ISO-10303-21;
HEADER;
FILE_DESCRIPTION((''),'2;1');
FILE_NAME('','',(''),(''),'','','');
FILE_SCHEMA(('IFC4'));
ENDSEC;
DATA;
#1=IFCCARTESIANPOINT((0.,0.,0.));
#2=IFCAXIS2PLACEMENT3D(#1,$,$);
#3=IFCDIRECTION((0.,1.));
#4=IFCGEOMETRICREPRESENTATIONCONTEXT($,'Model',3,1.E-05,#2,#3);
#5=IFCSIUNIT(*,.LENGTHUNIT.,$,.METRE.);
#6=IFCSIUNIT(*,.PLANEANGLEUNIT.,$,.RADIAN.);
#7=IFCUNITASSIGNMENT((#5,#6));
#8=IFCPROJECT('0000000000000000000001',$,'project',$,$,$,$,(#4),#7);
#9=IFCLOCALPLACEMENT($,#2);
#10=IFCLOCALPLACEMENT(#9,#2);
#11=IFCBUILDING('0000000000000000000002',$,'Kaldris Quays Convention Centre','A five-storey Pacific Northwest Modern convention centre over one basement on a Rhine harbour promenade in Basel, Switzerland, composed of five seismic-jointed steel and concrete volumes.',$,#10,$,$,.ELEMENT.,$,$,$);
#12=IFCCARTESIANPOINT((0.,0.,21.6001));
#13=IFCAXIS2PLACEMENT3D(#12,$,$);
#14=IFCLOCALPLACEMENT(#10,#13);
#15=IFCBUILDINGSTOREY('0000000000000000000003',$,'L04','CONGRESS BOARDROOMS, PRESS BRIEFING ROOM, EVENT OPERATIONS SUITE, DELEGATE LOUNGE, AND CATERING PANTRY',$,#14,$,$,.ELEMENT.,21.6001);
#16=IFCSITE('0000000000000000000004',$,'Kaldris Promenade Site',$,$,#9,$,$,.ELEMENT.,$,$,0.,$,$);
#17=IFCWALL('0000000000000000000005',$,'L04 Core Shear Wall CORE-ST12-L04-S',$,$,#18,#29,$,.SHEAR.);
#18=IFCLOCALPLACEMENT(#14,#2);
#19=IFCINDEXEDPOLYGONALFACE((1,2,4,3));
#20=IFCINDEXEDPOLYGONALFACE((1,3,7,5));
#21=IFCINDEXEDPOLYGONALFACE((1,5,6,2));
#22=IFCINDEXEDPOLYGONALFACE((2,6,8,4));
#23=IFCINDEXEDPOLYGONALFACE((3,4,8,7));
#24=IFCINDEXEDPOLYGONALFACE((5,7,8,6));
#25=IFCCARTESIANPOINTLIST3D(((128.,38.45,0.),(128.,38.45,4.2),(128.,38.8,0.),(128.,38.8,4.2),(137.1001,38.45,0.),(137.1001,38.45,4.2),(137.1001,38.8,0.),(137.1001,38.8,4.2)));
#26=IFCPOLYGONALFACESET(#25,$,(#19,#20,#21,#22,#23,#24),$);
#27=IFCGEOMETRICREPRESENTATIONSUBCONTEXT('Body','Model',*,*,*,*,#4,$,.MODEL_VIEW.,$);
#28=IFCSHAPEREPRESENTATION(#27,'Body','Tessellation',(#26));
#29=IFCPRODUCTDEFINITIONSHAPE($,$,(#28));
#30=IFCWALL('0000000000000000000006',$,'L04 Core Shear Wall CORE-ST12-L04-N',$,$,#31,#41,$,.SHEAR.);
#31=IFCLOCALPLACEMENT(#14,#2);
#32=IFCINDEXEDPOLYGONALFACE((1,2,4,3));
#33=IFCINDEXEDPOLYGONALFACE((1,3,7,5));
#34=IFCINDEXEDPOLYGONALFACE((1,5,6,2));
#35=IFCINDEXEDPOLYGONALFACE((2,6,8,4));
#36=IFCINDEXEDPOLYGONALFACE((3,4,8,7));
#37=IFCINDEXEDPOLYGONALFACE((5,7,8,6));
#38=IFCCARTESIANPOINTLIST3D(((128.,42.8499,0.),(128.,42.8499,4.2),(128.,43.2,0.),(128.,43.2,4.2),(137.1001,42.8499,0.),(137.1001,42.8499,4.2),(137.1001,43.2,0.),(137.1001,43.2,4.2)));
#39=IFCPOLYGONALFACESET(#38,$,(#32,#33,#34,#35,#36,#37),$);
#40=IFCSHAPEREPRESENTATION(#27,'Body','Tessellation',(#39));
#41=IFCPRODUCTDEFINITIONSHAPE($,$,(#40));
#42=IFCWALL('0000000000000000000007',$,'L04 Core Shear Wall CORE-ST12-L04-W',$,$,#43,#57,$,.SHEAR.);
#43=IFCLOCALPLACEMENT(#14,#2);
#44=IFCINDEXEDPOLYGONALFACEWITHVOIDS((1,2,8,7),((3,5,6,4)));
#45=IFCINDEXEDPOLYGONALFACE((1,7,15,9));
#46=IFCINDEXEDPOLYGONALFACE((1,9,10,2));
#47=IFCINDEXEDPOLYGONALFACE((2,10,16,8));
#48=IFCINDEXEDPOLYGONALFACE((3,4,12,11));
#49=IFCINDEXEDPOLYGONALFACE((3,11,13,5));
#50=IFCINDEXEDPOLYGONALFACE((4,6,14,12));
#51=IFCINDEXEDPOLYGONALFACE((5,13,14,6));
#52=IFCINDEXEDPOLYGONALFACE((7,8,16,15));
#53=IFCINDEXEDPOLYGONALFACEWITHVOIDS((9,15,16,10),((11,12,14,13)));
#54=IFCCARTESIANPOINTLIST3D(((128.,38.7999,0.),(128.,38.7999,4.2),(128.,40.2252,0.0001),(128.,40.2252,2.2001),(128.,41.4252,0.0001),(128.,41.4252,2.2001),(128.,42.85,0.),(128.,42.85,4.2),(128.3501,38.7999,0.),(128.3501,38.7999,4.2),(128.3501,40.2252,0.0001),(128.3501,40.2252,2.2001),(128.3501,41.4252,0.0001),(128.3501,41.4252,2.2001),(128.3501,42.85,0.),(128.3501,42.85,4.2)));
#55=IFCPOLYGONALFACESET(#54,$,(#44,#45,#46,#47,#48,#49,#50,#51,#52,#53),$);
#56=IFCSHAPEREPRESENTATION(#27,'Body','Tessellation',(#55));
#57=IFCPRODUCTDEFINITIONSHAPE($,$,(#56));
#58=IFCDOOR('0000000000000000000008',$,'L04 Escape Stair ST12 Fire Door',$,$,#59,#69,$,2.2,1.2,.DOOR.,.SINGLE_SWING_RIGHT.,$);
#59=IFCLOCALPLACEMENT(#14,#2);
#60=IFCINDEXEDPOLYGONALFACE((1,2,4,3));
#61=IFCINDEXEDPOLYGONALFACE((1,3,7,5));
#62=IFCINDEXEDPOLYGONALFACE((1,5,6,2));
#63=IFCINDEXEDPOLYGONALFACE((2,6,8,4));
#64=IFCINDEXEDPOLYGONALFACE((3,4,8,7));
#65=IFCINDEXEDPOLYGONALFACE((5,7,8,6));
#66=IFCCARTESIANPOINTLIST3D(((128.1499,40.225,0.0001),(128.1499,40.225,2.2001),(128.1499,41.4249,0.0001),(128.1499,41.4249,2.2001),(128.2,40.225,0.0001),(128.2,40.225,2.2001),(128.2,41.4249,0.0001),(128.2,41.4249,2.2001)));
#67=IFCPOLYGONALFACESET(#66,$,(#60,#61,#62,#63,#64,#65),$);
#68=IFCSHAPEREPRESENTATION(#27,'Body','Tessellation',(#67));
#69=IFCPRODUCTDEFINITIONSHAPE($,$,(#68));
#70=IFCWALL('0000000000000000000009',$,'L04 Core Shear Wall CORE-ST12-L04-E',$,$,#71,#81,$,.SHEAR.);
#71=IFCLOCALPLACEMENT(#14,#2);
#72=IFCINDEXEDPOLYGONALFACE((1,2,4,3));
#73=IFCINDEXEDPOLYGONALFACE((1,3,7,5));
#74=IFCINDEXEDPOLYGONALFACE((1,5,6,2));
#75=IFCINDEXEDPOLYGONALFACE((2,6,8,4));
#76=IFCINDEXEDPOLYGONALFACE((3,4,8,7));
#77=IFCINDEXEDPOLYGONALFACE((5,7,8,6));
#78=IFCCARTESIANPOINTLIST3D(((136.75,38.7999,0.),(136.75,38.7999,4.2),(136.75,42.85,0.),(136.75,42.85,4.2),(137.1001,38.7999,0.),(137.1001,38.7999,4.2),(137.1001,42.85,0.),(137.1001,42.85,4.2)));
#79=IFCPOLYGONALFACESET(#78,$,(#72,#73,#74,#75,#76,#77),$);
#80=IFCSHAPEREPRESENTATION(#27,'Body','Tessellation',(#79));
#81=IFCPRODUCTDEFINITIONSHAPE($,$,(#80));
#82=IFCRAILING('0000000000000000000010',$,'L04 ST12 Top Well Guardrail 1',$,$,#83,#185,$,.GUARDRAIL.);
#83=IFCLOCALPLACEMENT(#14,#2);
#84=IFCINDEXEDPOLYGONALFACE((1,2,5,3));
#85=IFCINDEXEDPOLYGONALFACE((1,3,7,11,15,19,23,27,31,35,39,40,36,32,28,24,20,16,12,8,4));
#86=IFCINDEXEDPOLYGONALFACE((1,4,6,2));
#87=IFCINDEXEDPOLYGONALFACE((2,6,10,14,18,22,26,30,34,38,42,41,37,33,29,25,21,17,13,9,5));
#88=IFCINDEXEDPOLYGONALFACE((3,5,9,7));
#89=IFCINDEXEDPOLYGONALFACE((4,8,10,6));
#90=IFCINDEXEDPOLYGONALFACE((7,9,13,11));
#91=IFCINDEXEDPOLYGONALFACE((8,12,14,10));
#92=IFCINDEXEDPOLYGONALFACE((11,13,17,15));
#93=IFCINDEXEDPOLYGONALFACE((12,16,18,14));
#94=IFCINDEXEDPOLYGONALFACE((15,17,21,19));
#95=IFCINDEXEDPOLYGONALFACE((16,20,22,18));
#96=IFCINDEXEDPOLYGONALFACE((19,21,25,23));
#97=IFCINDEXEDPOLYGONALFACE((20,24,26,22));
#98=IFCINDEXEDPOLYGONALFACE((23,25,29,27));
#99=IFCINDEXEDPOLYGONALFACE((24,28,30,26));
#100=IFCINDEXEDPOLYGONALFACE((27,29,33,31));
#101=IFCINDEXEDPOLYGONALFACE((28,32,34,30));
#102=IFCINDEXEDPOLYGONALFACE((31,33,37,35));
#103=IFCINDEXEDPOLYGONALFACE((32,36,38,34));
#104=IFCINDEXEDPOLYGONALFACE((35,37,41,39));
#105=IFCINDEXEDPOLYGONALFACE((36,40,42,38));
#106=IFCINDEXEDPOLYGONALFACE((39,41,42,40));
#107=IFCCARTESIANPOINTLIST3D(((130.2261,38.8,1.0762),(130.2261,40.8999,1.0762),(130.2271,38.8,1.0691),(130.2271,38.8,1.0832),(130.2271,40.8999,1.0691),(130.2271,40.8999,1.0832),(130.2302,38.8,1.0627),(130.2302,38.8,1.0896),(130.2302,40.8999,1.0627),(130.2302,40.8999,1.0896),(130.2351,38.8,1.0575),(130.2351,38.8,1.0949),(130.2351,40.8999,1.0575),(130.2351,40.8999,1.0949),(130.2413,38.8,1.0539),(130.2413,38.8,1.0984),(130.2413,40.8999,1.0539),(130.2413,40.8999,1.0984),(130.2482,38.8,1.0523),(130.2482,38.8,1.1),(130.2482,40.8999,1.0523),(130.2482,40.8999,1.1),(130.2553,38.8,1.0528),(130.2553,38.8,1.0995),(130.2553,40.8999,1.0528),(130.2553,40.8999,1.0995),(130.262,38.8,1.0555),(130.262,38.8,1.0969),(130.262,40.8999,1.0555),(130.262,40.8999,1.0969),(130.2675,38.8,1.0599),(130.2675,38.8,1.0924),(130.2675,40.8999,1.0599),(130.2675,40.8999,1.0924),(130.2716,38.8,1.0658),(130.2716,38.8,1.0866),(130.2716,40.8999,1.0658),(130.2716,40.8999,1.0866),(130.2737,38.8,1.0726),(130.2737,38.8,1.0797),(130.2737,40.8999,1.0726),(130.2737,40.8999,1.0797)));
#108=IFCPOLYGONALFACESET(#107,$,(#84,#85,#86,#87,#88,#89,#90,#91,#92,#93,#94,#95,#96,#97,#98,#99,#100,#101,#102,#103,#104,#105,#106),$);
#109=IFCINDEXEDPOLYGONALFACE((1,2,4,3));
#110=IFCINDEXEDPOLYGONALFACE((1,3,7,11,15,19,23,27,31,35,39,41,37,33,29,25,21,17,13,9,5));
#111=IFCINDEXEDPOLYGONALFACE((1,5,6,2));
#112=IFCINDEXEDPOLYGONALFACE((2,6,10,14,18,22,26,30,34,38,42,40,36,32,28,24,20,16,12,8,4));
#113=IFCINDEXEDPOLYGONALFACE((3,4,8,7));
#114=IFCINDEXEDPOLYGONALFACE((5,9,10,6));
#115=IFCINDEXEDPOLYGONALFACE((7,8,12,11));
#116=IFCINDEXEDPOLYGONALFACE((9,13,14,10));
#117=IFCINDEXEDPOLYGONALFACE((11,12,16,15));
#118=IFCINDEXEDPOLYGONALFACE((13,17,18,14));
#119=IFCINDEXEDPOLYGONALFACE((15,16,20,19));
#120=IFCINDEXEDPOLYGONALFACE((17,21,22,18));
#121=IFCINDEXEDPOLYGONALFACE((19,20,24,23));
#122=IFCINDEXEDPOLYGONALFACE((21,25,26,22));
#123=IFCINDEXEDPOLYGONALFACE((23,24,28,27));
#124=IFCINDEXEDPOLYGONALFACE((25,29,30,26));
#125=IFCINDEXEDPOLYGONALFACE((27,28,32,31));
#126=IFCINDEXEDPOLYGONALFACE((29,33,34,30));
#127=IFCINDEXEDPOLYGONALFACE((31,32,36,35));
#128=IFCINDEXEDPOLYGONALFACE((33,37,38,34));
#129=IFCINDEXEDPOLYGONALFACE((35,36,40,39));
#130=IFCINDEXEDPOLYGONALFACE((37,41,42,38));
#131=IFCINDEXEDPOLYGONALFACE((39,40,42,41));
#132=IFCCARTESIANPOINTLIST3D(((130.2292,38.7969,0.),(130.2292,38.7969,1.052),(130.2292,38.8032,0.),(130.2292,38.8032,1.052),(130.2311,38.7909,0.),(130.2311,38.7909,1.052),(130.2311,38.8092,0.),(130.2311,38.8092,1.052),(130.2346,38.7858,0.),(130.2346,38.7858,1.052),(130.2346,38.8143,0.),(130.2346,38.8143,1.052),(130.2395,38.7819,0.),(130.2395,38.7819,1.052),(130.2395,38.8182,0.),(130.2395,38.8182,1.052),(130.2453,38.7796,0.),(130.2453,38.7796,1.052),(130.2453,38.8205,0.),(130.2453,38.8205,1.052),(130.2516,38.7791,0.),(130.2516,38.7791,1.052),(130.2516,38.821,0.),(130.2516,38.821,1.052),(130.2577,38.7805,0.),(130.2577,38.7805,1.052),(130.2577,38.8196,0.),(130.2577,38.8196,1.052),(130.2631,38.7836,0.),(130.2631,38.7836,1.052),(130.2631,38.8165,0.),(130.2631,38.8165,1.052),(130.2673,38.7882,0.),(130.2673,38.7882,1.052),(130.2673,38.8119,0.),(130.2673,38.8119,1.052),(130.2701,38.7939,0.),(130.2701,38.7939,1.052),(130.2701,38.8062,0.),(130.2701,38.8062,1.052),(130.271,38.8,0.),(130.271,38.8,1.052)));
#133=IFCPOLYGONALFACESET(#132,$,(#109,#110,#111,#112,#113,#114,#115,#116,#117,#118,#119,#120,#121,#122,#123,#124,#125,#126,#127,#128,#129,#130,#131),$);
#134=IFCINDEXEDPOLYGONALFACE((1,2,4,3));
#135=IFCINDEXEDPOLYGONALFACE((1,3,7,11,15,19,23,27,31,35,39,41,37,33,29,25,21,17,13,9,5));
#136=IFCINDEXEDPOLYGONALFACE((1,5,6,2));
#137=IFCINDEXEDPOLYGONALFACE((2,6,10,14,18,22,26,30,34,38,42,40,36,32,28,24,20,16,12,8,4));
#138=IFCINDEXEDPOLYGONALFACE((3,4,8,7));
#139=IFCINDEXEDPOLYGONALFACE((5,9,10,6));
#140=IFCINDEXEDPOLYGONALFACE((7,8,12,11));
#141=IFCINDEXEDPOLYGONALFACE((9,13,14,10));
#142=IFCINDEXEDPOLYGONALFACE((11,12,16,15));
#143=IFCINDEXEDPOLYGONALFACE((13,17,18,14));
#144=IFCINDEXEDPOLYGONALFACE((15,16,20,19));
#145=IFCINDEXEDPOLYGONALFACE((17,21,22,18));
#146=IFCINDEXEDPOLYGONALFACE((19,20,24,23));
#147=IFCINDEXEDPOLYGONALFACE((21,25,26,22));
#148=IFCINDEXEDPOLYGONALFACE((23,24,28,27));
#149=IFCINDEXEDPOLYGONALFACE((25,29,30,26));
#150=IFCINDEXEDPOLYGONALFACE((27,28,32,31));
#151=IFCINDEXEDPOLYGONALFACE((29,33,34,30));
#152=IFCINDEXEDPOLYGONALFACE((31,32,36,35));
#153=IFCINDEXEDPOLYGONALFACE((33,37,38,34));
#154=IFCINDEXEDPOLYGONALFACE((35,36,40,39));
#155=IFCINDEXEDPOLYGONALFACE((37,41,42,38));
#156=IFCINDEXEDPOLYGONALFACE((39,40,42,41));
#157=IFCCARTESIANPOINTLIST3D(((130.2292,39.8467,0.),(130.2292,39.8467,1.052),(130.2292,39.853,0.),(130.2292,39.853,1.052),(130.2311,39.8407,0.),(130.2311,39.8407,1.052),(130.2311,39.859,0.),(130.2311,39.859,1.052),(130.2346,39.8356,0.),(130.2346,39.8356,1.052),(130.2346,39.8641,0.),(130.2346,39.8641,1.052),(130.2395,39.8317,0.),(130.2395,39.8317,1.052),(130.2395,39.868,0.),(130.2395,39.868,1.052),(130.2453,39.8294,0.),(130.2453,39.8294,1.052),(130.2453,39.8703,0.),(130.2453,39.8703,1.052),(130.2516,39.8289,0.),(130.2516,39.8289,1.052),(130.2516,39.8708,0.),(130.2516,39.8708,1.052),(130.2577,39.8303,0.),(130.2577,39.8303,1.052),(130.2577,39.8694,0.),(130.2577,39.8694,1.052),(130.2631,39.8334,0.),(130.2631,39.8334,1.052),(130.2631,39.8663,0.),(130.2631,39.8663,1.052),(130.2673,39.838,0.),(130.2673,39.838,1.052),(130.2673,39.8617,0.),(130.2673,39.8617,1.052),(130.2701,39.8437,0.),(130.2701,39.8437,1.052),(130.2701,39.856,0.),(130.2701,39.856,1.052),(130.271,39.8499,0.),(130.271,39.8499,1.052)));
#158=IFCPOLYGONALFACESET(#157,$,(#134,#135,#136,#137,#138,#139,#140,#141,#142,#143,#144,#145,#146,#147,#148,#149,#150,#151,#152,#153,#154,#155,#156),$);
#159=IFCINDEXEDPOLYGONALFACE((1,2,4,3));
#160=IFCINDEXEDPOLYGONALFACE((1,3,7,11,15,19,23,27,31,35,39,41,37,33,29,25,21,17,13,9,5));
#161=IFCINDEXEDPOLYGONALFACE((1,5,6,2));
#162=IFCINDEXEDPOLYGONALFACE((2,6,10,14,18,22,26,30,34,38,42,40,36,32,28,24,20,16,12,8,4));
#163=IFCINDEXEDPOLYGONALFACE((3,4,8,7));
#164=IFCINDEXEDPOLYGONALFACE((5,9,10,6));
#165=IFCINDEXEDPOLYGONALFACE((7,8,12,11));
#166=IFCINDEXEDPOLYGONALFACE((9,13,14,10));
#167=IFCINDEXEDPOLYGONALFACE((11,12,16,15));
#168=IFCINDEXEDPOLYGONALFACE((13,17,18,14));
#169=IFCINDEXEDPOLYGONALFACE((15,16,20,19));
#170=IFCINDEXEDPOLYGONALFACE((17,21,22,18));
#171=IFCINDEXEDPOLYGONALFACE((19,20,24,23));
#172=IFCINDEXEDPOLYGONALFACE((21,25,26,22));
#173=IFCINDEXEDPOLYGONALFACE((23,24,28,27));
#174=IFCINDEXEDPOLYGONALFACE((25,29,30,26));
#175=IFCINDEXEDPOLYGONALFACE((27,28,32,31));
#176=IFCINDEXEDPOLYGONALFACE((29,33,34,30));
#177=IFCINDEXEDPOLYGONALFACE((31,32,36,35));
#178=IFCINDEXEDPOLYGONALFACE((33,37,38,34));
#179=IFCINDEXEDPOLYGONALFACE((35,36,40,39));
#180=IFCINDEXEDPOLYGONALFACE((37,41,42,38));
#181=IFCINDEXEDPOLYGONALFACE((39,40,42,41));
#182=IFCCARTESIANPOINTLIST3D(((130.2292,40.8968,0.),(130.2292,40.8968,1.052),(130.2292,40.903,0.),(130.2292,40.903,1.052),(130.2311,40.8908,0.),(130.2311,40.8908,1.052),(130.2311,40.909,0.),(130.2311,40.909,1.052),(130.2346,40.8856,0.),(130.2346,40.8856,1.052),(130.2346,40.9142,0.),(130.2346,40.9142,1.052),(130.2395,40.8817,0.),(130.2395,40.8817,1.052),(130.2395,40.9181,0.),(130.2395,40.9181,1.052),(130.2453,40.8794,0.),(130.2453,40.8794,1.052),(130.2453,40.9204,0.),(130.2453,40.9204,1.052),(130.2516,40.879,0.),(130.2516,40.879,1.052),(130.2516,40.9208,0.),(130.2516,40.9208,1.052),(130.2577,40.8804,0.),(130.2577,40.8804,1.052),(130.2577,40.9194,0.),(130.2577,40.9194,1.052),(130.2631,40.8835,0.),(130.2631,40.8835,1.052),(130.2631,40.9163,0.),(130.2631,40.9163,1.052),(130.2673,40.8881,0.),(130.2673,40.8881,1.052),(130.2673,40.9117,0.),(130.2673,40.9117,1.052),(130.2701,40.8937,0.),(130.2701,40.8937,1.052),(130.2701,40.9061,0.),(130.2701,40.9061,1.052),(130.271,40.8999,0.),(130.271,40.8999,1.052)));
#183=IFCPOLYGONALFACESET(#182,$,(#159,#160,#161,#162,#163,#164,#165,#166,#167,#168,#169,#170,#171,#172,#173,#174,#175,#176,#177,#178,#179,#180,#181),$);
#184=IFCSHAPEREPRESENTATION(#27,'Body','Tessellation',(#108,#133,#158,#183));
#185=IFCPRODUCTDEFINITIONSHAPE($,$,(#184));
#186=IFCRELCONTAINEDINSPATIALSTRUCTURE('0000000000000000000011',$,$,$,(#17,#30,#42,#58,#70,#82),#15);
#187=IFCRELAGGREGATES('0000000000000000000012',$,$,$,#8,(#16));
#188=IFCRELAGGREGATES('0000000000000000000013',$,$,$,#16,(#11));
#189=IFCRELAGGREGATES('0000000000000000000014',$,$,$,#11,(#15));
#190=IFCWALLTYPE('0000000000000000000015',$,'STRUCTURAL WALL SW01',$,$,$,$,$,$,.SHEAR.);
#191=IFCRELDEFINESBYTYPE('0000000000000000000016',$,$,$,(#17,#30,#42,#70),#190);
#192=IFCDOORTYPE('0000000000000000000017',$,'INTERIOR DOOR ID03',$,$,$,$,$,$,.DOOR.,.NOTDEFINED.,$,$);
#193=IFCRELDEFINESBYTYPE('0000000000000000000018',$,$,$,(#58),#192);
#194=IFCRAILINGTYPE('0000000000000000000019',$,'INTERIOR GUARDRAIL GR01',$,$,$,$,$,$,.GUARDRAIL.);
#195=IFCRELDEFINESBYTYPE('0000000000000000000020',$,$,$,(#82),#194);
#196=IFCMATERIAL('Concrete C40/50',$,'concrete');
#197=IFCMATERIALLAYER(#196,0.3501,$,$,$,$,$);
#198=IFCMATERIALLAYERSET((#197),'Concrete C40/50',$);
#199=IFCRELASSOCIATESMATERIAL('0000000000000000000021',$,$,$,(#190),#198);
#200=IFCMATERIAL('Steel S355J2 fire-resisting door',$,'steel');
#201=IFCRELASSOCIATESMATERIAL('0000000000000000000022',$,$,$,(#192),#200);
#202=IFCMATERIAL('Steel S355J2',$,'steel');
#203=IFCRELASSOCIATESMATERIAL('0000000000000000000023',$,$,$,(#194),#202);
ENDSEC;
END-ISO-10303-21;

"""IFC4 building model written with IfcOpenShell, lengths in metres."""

from ifc_helpers import new_model, si_unit, direction, frame, frame_2d, origin, origin_2d, place, context, subcontext, project, spatial, rectangle, circle, extrude, material, layer, layer_set, type_object, element, fill, save


model = new_model("IFC4")

# Units and contexts
model_context = context("Model", 3, precision=1e-05, world=origin(), true_north=direction((0.0, 1.0)))
body_context = subcontext(model_context, "Body", "Model", "MODEL_VIEW")
ifc_project = project(units=[si_unit("LENGTHUNIT", "METRE"), si_unit("PLANEANGLEUNIT", "RADIAN")], contexts=[model_context])

# Site, building, storey
site_placement = place(None, origin())
site = spatial("IfcSite", under=ifc_project, at=site_placement, Name="Kaldris Promenade Site", CompositionType="ELEMENT", RefElevation=0.0)
building_placement = place(site_placement, origin())
building = spatial("IfcBuilding", under=site, at=building_placement, Name="Kaldris Quays Convention Centre", Description="A five-storey Pacific Northwest Modern convention centre over one basement on a Rhine harbour promenade in Basel, Switzerland, composed of five seismic-jointed steel and concrete volumes.", CompositionType="ELEMENT")
storey_placement = place(building_placement, frame((0.0, 0.0, 21.6001)))
storey = spatial("IfcBuildingStorey", under=building, at=storey_placement, Name="L04", Description="CONGRESS BOARDROOMS, PRESS BRIEFING ROOM, EVENT OPERATIONS SUITE, DELEGATE LOUNGE, AND CATERING PANTRY", CompositionType="ELEMENT", Elevation=21.6001)

# Shared definitions
ifc_material_1 = material(Name="Steel S355J2", Category="steel")

# Walls
ifc_material_2 = material(Name="Concrete C40/50", Category="concrete")
ifc_layer_1 = layer(ifc_material_2, 0.3501)
ifc_layer_set_1 = layer_set([ifc_layer_1], Name="Concrete C40/50")
wall_type_1 = type_object("IfcWallType", Name="STRUCTURAL WALL SW01", PredefinedType="SHEAR", material=ifc_layer_set_1)
for number, where, z_axis, x_axis, name in (
    (1, (128.0, 38.625, 0.0), (0.0, 0.0, 1.0), (1.0, 0.0, 0.0), "L04 Core Shear Wall CORE-ST12-L04-S"),
    (2, (128.0, 43.0249, 0.0), (0.0, 0.0, 1.0), (1.0, 0.0, 0.0), "L04 Core Shear Wall CORE-ST12-L04-N"),
):
    element("IfcWall", number, at=place(storey_placement, frame(where, z_axis=z_axis, x_axis=x_axis)), inside=storey, type_object=wall_type_1, Name=name, PredefinedType="SHEAR", context=body_context, shape_type="SweptSolid", body=[
        extrude(rectangle(XDim=9.1001, YDim=0.3501, at=frame_2d((4.55, 0.0))), origin(), (0.0, 0.0, 1.0), 4.2),
    ])

# Wall, opening, door
wall_1_placement = place(storey_placement, frame((128.175, 38.8, 0.0), z_axis=(0.0, 0.0, 1.0), x_axis=(0.0, 1.0, 0.0)))
wall_1 = element("IfcWall", 3, at=wall_1_placement, inside=storey, type_object=wall_type_1, Name="L04 Core Shear Wall CORE-ST12-L04-W", PredefinedType="SHEAR", context=body_context, shape_type="SweptSolid", body=[
    extrude(rectangle(XDim=4.05, YDim=0.3501, at=frame_2d((2.0249, 0.0))), origin(), (0.0, 0.0, 1.0), 4.2),
])
opening_1_placement = place(wall_1_placement, frame((1.425, 0.0, 0.0)))
opening_1 = element("IfcOpeningElement", 4, at=opening_1_placement, cuts=wall_1, PredefinedType="OPENING", context=body_context, shape_type="SweptSolid", body=[
    extrude(rectangle(XDim=1.2, YDim=2.2, at=frame_2d((0.6001, 1.1001))), frame((0.0, 0.1851, 0.0), z_axis=(0.0, -1.0, 0.0), x_axis=(1.0, 0.0, 0.0)), (0.0, 0.0, 1.0), 0.3701),
])
ifc_material_3 = material(Name="Steel S355J2 fire-resisting door", Category="steel")
door_type_1 = type_object("IfcDoorType", Name="INTERIOR DOOR ID03", OperationType="NOTDEFINED", PredefinedType="DOOR", material=ifc_material_3)
door_1_placement = place(opening_1_placement, frame((1.2, 0.0, 0.0), z_axis=(0.0, 0.0, 1.0), x_axis=(-1.0, 0.0, 0.0)))
door_1 = element("IfcDoor", 5, at=door_1_placement, inside=storey, type_object=door_type_1, Name="L04 Escape Stair ST12 Fire Door", OperationType="SINGLE_SWING_RIGHT", OverallHeight=2.2, OverallWidth=1.2, PredefinedType="DOOR", context=body_context, shape_type="SweptSolid", body=[
    extrude(rectangle(XDim=1.2, YDim=2.2, at=frame_2d((0.6001, 1.1001))), frame((0.0, 0.0249, 0.0), z_axis=(0.0, -1.0, 0.0), x_axis=(1.0, 0.0, 0.0)), (0.0, 0.0, 1.0), 0.05),
])
fill(opening_1, door_1)

# Wall
wall_2_placement = place(storey_placement, frame((136.925, 38.8, 0.0), z_axis=(0.0, 0.0, 1.0), x_axis=(0.0, 1.0, 0.0)))
element("IfcWall", 6, at=wall_2_placement, inside=storey, type_object=wall_type_1, Name="L04 Core Shear Wall CORE-ST12-L04-E", PredefinedType="SHEAR", context=body_context, shape_type="SweptSolid", body=[
    extrude(rectangle(XDim=4.05, YDim=0.3501, at=frame_2d((2.0249, 0.0))), origin(), (0.0, 0.0, 1.0), 4.2),
])

# Railing
railing_type = type_object("IfcRailingType", Name="INTERIOR GUARDRAIL GR01", PredefinedType="GUARDRAIL", material=ifc_material_1)
railing_placement = place(storey_placement, frame((130.25, 38.8, 0.0)))
element("IfcRailing", 7, at=railing_placement, inside=storey, type_object=railing_type, Name="L04 ST12 Top Well Guardrail 1", PredefinedType="GUARDRAIL", context=body_context, shape_type="SweptSolid", body=[
    extrude(circle(Radius=0.0239, at=origin_2d()), frame((0.0, 0.0, 1.0762), z_axis=(0.0, 1.0, 0.0), x_axis=(-1.0, 0.0, 0.0)), (0.0, 0.0, 1.0), 2.0999),
    extrude(circle(Radius=0.021, at=origin_2d()), origin(), (0.0, 0.0, 1.0), 1.052),
    extrude(circle(Radius=0.021, at=origin_2d()), frame((0.0, 1.0498, 0.0)), (0.0, 0.0, 1.0), 1.052),
    extrude(circle(Radius=0.021, at=origin_2d()), frame((0.0, 2.0999, 0.0)), (0.0, 0.0, 1.0), 1.052),
])

save(model, "model.ifc")
